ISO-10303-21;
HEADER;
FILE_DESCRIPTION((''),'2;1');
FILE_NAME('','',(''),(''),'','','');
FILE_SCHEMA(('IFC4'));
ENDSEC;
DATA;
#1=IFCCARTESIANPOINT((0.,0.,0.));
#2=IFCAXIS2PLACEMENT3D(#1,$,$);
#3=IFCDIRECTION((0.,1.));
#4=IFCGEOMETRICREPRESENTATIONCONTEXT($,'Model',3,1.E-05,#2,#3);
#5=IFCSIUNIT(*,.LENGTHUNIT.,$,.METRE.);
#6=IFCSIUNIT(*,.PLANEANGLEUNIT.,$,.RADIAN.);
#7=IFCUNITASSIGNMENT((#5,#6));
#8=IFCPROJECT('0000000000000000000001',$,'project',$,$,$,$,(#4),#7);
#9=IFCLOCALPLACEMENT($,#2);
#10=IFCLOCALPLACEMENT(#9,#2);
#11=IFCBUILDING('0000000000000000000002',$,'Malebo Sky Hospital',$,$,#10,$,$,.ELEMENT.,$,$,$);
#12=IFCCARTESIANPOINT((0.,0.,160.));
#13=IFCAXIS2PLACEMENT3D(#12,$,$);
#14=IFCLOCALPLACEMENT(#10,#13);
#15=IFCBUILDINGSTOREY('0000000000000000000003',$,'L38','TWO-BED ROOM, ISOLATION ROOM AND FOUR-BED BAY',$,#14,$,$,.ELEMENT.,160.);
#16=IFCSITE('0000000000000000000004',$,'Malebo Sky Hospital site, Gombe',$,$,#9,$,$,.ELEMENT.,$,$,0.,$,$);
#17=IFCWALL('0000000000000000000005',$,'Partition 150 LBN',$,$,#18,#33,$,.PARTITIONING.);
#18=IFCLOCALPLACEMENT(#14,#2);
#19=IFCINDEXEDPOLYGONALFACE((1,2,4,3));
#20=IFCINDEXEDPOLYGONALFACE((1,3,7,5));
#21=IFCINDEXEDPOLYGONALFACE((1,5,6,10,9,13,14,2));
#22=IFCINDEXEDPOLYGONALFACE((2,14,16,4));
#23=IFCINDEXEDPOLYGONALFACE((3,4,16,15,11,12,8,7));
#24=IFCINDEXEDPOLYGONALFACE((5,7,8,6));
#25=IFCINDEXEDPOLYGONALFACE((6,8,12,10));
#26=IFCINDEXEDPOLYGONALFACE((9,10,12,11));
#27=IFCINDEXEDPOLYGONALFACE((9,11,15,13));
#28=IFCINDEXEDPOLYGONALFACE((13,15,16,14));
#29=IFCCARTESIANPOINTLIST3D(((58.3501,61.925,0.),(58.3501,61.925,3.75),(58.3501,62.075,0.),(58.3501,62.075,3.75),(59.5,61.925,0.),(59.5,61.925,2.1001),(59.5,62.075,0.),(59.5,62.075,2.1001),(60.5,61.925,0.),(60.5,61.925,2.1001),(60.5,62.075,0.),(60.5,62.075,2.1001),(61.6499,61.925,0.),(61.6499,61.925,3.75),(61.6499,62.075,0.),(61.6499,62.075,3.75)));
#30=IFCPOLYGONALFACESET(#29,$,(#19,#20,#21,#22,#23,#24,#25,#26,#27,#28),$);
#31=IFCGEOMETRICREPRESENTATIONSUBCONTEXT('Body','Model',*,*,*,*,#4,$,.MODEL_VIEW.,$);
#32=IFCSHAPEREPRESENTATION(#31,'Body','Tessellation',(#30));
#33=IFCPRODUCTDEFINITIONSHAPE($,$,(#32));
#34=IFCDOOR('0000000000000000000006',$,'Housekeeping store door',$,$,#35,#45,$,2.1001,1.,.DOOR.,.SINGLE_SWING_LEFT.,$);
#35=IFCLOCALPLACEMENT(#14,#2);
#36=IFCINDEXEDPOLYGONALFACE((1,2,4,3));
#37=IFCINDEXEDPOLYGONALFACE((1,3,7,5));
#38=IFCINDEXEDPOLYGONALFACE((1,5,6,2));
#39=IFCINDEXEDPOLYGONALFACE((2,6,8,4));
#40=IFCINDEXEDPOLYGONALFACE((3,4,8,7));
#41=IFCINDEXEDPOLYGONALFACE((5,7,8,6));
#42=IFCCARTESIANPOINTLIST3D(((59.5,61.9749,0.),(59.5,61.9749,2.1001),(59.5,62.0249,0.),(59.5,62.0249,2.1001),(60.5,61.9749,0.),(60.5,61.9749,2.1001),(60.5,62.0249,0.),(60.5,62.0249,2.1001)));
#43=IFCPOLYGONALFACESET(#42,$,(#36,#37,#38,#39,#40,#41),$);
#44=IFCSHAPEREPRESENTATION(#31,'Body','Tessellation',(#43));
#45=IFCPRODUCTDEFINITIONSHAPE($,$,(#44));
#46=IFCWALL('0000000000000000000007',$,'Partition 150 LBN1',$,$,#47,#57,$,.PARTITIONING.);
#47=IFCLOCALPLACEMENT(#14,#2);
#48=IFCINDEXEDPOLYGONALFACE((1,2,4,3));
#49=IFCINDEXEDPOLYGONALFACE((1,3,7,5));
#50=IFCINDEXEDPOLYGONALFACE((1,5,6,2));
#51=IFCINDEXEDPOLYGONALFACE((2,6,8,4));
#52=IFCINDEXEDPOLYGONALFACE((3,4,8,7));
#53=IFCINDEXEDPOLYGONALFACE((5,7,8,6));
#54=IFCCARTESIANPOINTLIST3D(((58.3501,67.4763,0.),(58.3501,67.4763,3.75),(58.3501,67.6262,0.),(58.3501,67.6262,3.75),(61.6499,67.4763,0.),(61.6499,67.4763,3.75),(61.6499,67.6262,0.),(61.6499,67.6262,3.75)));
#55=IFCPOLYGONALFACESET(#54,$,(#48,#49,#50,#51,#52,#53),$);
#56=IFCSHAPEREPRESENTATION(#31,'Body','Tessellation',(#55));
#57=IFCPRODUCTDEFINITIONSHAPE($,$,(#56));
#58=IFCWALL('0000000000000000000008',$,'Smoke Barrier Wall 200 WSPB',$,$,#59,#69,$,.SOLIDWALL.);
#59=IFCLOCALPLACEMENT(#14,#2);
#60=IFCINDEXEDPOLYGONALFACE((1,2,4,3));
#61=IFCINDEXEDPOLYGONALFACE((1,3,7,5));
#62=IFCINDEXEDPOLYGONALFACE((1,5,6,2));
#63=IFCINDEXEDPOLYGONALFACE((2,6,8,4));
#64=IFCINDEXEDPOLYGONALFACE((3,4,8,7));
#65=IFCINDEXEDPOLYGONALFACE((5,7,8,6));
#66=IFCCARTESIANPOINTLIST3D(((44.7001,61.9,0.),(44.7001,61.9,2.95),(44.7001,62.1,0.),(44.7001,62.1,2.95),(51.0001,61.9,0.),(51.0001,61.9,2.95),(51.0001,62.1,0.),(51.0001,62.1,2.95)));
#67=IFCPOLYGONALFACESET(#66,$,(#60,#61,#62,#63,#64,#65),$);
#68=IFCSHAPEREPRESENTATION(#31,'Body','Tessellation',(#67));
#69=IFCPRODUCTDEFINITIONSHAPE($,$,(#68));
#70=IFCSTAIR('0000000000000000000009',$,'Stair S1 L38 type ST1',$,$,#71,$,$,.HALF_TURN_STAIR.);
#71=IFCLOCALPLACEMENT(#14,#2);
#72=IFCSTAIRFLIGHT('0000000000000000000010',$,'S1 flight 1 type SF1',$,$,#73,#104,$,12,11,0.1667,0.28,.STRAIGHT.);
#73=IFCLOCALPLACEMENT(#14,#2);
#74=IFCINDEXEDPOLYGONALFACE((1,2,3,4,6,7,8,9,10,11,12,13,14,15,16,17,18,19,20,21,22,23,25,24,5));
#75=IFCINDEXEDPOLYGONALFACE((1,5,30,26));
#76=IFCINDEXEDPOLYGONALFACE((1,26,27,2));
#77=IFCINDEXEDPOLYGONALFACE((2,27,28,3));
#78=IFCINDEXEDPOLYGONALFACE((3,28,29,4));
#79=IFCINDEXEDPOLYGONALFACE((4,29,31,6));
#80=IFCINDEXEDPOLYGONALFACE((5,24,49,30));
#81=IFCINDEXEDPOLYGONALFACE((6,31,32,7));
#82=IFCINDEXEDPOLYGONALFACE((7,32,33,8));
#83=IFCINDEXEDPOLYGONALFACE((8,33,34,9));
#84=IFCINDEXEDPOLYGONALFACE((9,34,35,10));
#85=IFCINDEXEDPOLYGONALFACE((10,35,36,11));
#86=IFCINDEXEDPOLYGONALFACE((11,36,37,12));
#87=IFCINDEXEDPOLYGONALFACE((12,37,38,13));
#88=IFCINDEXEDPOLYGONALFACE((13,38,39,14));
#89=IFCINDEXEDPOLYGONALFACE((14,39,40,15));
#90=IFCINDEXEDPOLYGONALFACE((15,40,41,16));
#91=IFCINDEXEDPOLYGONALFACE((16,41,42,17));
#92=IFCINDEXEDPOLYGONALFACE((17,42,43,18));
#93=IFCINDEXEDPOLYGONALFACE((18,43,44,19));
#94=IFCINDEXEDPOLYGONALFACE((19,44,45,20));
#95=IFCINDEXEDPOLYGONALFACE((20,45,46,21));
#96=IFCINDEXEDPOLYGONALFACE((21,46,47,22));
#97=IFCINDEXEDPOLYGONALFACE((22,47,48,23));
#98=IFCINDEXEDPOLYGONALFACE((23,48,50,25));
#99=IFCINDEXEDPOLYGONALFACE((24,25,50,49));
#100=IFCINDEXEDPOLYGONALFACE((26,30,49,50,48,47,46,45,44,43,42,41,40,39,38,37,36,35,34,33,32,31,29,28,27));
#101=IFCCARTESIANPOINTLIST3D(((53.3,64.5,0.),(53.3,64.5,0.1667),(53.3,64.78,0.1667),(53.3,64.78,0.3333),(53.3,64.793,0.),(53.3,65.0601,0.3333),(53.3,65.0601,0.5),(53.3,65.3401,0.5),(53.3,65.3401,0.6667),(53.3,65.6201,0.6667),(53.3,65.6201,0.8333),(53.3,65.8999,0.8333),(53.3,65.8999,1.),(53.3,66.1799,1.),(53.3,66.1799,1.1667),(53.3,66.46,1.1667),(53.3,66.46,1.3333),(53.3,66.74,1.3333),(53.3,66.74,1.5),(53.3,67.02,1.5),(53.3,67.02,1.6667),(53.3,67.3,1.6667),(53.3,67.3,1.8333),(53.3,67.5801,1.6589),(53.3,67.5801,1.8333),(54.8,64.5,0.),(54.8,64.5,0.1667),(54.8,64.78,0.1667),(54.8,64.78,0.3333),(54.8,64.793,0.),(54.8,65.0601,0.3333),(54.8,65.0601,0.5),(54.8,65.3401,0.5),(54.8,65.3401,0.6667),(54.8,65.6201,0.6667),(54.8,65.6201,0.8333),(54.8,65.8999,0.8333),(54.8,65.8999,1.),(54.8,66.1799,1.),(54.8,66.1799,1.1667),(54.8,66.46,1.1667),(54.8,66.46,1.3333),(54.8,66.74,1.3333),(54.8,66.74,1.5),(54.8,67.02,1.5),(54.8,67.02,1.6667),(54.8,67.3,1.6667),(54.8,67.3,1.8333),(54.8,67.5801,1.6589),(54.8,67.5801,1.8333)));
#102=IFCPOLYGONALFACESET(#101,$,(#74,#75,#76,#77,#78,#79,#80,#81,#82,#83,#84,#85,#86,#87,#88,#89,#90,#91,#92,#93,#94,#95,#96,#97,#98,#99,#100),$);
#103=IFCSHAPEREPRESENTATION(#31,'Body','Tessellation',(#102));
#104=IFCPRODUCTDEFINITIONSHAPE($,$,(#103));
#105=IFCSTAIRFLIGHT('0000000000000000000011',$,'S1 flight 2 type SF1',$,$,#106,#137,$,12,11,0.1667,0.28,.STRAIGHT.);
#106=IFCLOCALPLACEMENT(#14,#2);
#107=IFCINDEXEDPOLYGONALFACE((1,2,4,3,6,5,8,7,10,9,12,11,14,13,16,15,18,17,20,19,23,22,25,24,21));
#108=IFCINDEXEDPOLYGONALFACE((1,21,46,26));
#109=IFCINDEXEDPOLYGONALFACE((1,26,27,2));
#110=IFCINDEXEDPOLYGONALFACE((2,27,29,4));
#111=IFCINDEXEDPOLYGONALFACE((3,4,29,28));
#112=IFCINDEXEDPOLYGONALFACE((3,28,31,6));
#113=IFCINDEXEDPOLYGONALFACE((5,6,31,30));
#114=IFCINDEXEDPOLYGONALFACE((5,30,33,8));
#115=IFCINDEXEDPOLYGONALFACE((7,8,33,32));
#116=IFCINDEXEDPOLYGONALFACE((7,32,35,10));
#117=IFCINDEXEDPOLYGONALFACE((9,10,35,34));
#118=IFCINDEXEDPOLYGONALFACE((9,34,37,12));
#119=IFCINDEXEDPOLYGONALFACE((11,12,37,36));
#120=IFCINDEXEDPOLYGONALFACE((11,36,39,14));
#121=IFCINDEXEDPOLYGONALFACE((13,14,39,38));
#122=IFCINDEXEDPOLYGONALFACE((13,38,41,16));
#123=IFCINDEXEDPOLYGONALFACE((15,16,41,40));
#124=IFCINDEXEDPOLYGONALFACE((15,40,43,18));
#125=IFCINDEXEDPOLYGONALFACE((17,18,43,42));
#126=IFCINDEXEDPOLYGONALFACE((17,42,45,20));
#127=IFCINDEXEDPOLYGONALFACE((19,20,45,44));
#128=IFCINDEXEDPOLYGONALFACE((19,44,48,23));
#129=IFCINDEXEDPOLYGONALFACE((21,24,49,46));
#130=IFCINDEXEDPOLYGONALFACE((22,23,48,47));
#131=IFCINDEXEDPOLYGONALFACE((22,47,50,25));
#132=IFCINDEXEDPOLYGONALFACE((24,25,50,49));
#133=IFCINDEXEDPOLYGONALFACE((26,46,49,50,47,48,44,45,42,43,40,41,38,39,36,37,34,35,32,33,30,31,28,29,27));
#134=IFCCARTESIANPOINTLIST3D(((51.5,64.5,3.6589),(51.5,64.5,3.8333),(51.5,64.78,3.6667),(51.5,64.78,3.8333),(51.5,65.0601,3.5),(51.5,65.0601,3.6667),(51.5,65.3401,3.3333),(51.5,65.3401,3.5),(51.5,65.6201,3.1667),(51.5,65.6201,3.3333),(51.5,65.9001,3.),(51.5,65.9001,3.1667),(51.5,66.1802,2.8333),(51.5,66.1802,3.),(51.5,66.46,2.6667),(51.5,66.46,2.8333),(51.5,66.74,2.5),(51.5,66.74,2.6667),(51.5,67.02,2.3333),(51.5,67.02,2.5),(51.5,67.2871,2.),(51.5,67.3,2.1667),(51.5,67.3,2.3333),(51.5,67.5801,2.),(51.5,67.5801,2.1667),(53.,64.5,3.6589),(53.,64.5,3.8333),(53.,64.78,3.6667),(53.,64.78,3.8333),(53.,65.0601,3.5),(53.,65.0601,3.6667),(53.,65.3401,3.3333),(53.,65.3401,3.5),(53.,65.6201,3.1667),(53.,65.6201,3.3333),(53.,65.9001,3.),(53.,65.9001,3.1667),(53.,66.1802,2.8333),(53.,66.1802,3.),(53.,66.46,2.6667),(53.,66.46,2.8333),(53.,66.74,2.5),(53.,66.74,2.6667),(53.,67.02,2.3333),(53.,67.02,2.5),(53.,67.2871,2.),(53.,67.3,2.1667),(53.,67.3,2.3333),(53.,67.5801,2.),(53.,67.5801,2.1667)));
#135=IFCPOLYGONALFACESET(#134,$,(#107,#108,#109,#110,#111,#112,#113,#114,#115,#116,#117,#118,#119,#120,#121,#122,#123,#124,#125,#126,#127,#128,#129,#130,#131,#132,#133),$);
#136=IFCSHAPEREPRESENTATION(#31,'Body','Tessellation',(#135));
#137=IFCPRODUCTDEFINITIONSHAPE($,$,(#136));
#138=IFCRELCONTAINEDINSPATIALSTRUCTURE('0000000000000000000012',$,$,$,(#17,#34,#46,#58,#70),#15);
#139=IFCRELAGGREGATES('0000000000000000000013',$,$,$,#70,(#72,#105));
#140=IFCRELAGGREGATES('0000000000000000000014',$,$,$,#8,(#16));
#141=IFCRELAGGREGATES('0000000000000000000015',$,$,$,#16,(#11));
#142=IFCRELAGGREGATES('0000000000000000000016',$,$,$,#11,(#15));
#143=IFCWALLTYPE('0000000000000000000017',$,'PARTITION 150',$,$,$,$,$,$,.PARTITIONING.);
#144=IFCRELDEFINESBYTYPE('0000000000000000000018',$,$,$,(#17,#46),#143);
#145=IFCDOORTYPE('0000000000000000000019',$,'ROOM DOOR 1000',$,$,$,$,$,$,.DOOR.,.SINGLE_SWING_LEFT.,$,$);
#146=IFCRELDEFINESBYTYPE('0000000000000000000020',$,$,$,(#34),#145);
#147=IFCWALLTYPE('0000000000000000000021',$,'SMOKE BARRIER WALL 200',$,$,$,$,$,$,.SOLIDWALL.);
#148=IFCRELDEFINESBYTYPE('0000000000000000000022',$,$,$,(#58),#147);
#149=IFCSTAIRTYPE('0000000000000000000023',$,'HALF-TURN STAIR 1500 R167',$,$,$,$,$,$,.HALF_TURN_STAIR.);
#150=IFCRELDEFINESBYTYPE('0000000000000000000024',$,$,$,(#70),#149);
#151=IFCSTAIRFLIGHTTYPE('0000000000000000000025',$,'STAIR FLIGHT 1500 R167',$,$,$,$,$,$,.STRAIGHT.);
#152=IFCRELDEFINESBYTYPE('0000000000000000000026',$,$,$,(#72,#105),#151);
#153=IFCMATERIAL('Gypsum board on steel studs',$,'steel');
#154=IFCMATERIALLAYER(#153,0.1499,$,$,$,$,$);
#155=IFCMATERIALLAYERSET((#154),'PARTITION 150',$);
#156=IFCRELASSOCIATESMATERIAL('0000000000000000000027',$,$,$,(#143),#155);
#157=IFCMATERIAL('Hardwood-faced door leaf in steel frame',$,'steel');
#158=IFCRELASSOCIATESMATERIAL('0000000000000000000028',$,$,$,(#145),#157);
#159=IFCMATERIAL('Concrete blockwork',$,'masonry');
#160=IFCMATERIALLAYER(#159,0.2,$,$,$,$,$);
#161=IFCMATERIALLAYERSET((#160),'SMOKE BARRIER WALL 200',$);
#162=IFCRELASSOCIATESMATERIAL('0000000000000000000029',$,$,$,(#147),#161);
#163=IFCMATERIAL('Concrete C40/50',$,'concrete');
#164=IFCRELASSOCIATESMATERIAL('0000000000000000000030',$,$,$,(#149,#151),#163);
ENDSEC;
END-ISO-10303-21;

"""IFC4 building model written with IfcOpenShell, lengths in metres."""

from ifc_helpers import new_model, si_unit, direction, frame, frame_2d, origin, place, context, subcontext, project, spatial, polyline, rectangle, outline, extrude, material, layer, layer_set, type_object, element, fill, aggregate, save


model = new_model("IFC4")

# Units and contexts
model_context = context("Model", 3, precision=1e-05, world=origin(), true_north=direction((0.0, 1.0)))
body_context = subcontext(model_context, "Body", "Model", "MODEL_VIEW")
ifc_project = project(units=[si_unit("LENGTHUNIT", "METRE"), si_unit("PLANEANGLEUNIT", "RADIAN")], contexts=[model_context])

# Site, building, storey
site_placement = place(None, origin())
site = spatial("IfcSite", under=ifc_project, at=site_placement, Name="Malebo Sky Hospital site, Gombe", CompositionType="ELEMENT", RefElevation=0.0)
building_placement = place(site_placement, origin())
building = spatial("IfcBuilding", under=site, at=building_placement, Name="Malebo Sky Hospital", CompositionType="ELEMENT")
storey_placement = place(building_placement, frame((0.0, 0.0, 160.0)))
storey = spatial("IfcBuildingStorey", under=building, at=storey_placement, Name="L38", Description="TWO-BED ROOM, ISOLATION ROOM AND FOUR-BED BAY", CompositionType="ELEMENT", Elevation=160.0)

# Shared definitions
ifc_material_1 = material(Name="Hardwood-faced door leaf in steel frame", Category="steel")

# Shared definitions
ifc_material_2 = material(Name="Gypsum board on steel studs", Category="steel")
ifc_layer_1 = layer(ifc_material_2, 0.1499)
ifc_layer_set_1 = layer_set([ifc_layer_1], Name="PARTITION 150")
wall_type_1 = type_object("IfcWallType", Name="PARTITION 150", PredefinedType="PARTITIONING", material=ifc_layer_set_1)

# Wall, opening, door
wall_1_placement = place(storey_placement, frame((58.3501, 62.0, 0.0), z_axis=(0.0, 0.0, 1.0), x_axis=(1.0, 0.0, 0.0)))
wall_1 = element("IfcWall", 1, at=wall_1_placement, inside=storey, type_object=wall_type_1, Name="Partition 150 LBN", PredefinedType="PARTITIONING", context=body_context, shape_type="SweptSolid", body=[
    extrude(rectangle(XDim=3.2998, YDim=0.1499, at=frame_2d((1.6499, 0.0))), origin(), (0.0, 0.0, 1.0), 3.75),
])
opening_1_placement = place(wall_1_placement, frame((1.1499, 0.0, 0.0)))
opening_1 = element("IfcOpeningElement", 2, at=opening_1_placement, cuts=wall_1, PredefinedType="OPENING", context=body_context, shape_type="SweptSolid", body=[
    extrude(rectangle(XDim=1.0, YDim=2.1001, at=frame_2d((0.5, 1.05))), frame((0.0, 0.085, 0.0), z_axis=(0.0, -1.0, 0.0), x_axis=(1.0, 0.0, 0.0)), (0.0, 0.0, 1.0), 0.1699),
])
door_type_1 = type_object("IfcDoorType", Name="ROOM DOOR 1000", OperationType="SINGLE_SWING_LEFT", PredefinedType="DOOR", material=ifc_material_1)
door_1_placement = place(opening_1_placement, origin())
door_1 = element("IfcDoor", 3, at=door_1_placement, inside=storey, type_object=door_type_1, Name="Housekeeping store door", OperationType="SINGLE_SWING_LEFT", OverallHeight=2.1001, OverallWidth=1.0, PredefinedType="DOOR", context=body_context, shape_type="SweptSolid", body=[
    extrude(rectangle(XDim=1.0, YDim=2.1001, at=frame_2d((0.5, 1.05))), frame((0.0, 0.0249, 0.0), z_axis=(0.0, -1.0, 0.0), x_axis=(1.0, 0.0, 0.0)), (0.0, 0.0, 1.0), 0.05),
])
fill(opening_1, door_1)

# Walls
wall_2_placement = place(storey_placement, frame((58.3501, 67.5513, 0.0), z_axis=(0.0, 0.0, 1.0), x_axis=(1.0, 0.0, 0.0)))
element("IfcWall", 4, at=wall_2_placement, inside=storey, type_object=wall_type_1, Name="Partition 150 LBN1", PredefinedType="PARTITIONING", context=body_context, shape_type="SweptSolid", body=[
    extrude(rectangle(XDim=3.2998, YDim=0.1499, at=frame_2d((1.6499, 0.0))), origin(), (0.0, 0.0, 1.0), 3.75),
])
ifc_material_3 = material(Name="Concrete blockwork", Category="masonry")
ifc_layer_2 = layer(ifc_material_3, 0.2)
ifc_layer_set_2 = layer_set([ifc_layer_2], Name="SMOKE BARRIER WALL 200")
wall_type_2 = type_object("IfcWallType", Name="SMOKE BARRIER WALL 200", PredefinedType="SOLIDWALL", material=ifc_layer_set_2)
wall_3_placement = place(storey_placement, frame((51.0, 62.0, 0.0), z_axis=(0.0, 0.0, 1.0), x_axis=(-1.0, 0.0, 0.0)))
element("IfcWall", 5, at=wall_3_placement, inside=storey, type_object=wall_type_2, Name="Smoke Barrier Wall 200 WSPB", PredefinedType="SOLIDWALL", context=body_context, shape_type="SweptSolid", body=[
    extrude(rectangle(XDim=6.3, YDim=0.2, at=frame_2d((3.1499, 0.0))), origin(), (0.0, 0.0, 1.0), 2.95),
])

# Stair, stair flights
ifc_material_4 = material(Name="Concrete C40/50", Category="concrete")
stair_type = type_object("IfcStairType", Name="HALF-TURN STAIR 1500 R167", PredefinedType="HALF_TURN_STAIR", material=ifc_material_4)
stair_placement = place(storey_placement, origin())
stair = element("IfcStair", 6, at=stair_placement, inside=storey, type_object=stair_type, Name="Stair S1 L38 type ST1", PredefinedType="HALF_TURN_STAIR")
stair_flight_type = type_object("IfcStairFlightType", Name="STAIR FLIGHT 1500 R167", PredefinedType="STRAIGHT", material=ifc_material_4)
stair_flight_1_placement = place(storey_placement, frame((54.05, 64.5, 0.0), z_axis=(0.0, 0.0, 1.0), x_axis=(0.0, 1.0, 0.0)))
stair_flight_1 = element("IfcStairFlight", 7, at=stair_flight_1_placement, type_object=stair_flight_type, Name="S1 flight 1 type SF1", NumberOfRisers=12, NumberOfTreads=11, PredefinedType="STRAIGHT", RiserHeight=0.1667, TreadLength=0.28, context=body_context, shape_type="SweptSolid", body=[
    extrude(outline(polyline([(0.0, 0.0), (0.0, 0.1667), (0.28, 0.1667), (0.28, 0.3333), (0.5601, 0.3333), (0.5601, 0.5), (0.8401, 0.5), (0.8401, 0.6667), (1.1201, 0.6667), (1.1201, 0.8333), (1.3999, 0.8333), (1.3999, 1.0), (1.6799, 1.0), (1.6799, 1.1667), (1.96, 1.1667), (1.96, 1.3333), (2.24, 1.3333), (2.24, 1.5), (2.52, 1.5), (2.52, 1.6667), (2.8, 1.6667), (2.8, 1.8333), (3.0801, 1.8333), (3.0801, 2.0), (3.0801, 1.6589), (0.293, 0.0), (0.0, 0.0)])), frame((0.0, 0.75, 0.0), z_axis=(0.0, -1.0, 0.0), x_axis=(1.0, 0.0, 0.0)), (0.0, 0.0, 1.0), 1.5),
])
stair_flight_2_placement = place(storey_placement, frame((52.25, 67.5801, 2.0), z_axis=(0.0, 0.0, 1.0), x_axis=(0.0, -1.0, 0.0)))
stair_flight_2 = element("IfcStairFlight", 8, at=stair_flight_2_placement, type_object=stair_flight_type, Name="S1 flight 2 type SF1", NumberOfRisers=12, NumberOfTreads=11, PredefinedType="STRAIGHT", RiserHeight=0.1667, TreadLength=0.28, context=body_context, shape_type="SweptSolid", body=[
    extrude(outline(polyline([(0.0, 0.0), (0.0, 0.1667), (0.28, 0.1667), (0.28, 0.3333), (0.5601, 0.3333), (0.5601, 0.5), (0.8401, 0.5), (0.8401, 0.6667), (1.1201, 0.6667), (1.1201, 0.8333), (1.3999, 0.8333), (1.3999, 1.0), (1.6799, 1.0), (1.6799, 1.1667), (1.96, 1.1667), (1.96, 1.3333), (2.24, 1.3333), (2.24, 1.5), (2.52, 1.5), (2.52, 1.6667), (2.8, 1.6667), (2.8, 1.8333), (3.0801, 1.8333), (3.0801, 2.0), (3.0801, 1.6589), (0.293, 0.0), (0.0, 0.0)])), frame((0.0, 0.75, 0.0), z_axis=(0.0, -1.0, 0.0), x_axis=(1.0, 0.0, 0.0)), (0.0, 0.0, 1.0), 1.5),
])
aggregate(stair, [stair_flight_1, stair_flight_2])

save(model, "model.ifc")
